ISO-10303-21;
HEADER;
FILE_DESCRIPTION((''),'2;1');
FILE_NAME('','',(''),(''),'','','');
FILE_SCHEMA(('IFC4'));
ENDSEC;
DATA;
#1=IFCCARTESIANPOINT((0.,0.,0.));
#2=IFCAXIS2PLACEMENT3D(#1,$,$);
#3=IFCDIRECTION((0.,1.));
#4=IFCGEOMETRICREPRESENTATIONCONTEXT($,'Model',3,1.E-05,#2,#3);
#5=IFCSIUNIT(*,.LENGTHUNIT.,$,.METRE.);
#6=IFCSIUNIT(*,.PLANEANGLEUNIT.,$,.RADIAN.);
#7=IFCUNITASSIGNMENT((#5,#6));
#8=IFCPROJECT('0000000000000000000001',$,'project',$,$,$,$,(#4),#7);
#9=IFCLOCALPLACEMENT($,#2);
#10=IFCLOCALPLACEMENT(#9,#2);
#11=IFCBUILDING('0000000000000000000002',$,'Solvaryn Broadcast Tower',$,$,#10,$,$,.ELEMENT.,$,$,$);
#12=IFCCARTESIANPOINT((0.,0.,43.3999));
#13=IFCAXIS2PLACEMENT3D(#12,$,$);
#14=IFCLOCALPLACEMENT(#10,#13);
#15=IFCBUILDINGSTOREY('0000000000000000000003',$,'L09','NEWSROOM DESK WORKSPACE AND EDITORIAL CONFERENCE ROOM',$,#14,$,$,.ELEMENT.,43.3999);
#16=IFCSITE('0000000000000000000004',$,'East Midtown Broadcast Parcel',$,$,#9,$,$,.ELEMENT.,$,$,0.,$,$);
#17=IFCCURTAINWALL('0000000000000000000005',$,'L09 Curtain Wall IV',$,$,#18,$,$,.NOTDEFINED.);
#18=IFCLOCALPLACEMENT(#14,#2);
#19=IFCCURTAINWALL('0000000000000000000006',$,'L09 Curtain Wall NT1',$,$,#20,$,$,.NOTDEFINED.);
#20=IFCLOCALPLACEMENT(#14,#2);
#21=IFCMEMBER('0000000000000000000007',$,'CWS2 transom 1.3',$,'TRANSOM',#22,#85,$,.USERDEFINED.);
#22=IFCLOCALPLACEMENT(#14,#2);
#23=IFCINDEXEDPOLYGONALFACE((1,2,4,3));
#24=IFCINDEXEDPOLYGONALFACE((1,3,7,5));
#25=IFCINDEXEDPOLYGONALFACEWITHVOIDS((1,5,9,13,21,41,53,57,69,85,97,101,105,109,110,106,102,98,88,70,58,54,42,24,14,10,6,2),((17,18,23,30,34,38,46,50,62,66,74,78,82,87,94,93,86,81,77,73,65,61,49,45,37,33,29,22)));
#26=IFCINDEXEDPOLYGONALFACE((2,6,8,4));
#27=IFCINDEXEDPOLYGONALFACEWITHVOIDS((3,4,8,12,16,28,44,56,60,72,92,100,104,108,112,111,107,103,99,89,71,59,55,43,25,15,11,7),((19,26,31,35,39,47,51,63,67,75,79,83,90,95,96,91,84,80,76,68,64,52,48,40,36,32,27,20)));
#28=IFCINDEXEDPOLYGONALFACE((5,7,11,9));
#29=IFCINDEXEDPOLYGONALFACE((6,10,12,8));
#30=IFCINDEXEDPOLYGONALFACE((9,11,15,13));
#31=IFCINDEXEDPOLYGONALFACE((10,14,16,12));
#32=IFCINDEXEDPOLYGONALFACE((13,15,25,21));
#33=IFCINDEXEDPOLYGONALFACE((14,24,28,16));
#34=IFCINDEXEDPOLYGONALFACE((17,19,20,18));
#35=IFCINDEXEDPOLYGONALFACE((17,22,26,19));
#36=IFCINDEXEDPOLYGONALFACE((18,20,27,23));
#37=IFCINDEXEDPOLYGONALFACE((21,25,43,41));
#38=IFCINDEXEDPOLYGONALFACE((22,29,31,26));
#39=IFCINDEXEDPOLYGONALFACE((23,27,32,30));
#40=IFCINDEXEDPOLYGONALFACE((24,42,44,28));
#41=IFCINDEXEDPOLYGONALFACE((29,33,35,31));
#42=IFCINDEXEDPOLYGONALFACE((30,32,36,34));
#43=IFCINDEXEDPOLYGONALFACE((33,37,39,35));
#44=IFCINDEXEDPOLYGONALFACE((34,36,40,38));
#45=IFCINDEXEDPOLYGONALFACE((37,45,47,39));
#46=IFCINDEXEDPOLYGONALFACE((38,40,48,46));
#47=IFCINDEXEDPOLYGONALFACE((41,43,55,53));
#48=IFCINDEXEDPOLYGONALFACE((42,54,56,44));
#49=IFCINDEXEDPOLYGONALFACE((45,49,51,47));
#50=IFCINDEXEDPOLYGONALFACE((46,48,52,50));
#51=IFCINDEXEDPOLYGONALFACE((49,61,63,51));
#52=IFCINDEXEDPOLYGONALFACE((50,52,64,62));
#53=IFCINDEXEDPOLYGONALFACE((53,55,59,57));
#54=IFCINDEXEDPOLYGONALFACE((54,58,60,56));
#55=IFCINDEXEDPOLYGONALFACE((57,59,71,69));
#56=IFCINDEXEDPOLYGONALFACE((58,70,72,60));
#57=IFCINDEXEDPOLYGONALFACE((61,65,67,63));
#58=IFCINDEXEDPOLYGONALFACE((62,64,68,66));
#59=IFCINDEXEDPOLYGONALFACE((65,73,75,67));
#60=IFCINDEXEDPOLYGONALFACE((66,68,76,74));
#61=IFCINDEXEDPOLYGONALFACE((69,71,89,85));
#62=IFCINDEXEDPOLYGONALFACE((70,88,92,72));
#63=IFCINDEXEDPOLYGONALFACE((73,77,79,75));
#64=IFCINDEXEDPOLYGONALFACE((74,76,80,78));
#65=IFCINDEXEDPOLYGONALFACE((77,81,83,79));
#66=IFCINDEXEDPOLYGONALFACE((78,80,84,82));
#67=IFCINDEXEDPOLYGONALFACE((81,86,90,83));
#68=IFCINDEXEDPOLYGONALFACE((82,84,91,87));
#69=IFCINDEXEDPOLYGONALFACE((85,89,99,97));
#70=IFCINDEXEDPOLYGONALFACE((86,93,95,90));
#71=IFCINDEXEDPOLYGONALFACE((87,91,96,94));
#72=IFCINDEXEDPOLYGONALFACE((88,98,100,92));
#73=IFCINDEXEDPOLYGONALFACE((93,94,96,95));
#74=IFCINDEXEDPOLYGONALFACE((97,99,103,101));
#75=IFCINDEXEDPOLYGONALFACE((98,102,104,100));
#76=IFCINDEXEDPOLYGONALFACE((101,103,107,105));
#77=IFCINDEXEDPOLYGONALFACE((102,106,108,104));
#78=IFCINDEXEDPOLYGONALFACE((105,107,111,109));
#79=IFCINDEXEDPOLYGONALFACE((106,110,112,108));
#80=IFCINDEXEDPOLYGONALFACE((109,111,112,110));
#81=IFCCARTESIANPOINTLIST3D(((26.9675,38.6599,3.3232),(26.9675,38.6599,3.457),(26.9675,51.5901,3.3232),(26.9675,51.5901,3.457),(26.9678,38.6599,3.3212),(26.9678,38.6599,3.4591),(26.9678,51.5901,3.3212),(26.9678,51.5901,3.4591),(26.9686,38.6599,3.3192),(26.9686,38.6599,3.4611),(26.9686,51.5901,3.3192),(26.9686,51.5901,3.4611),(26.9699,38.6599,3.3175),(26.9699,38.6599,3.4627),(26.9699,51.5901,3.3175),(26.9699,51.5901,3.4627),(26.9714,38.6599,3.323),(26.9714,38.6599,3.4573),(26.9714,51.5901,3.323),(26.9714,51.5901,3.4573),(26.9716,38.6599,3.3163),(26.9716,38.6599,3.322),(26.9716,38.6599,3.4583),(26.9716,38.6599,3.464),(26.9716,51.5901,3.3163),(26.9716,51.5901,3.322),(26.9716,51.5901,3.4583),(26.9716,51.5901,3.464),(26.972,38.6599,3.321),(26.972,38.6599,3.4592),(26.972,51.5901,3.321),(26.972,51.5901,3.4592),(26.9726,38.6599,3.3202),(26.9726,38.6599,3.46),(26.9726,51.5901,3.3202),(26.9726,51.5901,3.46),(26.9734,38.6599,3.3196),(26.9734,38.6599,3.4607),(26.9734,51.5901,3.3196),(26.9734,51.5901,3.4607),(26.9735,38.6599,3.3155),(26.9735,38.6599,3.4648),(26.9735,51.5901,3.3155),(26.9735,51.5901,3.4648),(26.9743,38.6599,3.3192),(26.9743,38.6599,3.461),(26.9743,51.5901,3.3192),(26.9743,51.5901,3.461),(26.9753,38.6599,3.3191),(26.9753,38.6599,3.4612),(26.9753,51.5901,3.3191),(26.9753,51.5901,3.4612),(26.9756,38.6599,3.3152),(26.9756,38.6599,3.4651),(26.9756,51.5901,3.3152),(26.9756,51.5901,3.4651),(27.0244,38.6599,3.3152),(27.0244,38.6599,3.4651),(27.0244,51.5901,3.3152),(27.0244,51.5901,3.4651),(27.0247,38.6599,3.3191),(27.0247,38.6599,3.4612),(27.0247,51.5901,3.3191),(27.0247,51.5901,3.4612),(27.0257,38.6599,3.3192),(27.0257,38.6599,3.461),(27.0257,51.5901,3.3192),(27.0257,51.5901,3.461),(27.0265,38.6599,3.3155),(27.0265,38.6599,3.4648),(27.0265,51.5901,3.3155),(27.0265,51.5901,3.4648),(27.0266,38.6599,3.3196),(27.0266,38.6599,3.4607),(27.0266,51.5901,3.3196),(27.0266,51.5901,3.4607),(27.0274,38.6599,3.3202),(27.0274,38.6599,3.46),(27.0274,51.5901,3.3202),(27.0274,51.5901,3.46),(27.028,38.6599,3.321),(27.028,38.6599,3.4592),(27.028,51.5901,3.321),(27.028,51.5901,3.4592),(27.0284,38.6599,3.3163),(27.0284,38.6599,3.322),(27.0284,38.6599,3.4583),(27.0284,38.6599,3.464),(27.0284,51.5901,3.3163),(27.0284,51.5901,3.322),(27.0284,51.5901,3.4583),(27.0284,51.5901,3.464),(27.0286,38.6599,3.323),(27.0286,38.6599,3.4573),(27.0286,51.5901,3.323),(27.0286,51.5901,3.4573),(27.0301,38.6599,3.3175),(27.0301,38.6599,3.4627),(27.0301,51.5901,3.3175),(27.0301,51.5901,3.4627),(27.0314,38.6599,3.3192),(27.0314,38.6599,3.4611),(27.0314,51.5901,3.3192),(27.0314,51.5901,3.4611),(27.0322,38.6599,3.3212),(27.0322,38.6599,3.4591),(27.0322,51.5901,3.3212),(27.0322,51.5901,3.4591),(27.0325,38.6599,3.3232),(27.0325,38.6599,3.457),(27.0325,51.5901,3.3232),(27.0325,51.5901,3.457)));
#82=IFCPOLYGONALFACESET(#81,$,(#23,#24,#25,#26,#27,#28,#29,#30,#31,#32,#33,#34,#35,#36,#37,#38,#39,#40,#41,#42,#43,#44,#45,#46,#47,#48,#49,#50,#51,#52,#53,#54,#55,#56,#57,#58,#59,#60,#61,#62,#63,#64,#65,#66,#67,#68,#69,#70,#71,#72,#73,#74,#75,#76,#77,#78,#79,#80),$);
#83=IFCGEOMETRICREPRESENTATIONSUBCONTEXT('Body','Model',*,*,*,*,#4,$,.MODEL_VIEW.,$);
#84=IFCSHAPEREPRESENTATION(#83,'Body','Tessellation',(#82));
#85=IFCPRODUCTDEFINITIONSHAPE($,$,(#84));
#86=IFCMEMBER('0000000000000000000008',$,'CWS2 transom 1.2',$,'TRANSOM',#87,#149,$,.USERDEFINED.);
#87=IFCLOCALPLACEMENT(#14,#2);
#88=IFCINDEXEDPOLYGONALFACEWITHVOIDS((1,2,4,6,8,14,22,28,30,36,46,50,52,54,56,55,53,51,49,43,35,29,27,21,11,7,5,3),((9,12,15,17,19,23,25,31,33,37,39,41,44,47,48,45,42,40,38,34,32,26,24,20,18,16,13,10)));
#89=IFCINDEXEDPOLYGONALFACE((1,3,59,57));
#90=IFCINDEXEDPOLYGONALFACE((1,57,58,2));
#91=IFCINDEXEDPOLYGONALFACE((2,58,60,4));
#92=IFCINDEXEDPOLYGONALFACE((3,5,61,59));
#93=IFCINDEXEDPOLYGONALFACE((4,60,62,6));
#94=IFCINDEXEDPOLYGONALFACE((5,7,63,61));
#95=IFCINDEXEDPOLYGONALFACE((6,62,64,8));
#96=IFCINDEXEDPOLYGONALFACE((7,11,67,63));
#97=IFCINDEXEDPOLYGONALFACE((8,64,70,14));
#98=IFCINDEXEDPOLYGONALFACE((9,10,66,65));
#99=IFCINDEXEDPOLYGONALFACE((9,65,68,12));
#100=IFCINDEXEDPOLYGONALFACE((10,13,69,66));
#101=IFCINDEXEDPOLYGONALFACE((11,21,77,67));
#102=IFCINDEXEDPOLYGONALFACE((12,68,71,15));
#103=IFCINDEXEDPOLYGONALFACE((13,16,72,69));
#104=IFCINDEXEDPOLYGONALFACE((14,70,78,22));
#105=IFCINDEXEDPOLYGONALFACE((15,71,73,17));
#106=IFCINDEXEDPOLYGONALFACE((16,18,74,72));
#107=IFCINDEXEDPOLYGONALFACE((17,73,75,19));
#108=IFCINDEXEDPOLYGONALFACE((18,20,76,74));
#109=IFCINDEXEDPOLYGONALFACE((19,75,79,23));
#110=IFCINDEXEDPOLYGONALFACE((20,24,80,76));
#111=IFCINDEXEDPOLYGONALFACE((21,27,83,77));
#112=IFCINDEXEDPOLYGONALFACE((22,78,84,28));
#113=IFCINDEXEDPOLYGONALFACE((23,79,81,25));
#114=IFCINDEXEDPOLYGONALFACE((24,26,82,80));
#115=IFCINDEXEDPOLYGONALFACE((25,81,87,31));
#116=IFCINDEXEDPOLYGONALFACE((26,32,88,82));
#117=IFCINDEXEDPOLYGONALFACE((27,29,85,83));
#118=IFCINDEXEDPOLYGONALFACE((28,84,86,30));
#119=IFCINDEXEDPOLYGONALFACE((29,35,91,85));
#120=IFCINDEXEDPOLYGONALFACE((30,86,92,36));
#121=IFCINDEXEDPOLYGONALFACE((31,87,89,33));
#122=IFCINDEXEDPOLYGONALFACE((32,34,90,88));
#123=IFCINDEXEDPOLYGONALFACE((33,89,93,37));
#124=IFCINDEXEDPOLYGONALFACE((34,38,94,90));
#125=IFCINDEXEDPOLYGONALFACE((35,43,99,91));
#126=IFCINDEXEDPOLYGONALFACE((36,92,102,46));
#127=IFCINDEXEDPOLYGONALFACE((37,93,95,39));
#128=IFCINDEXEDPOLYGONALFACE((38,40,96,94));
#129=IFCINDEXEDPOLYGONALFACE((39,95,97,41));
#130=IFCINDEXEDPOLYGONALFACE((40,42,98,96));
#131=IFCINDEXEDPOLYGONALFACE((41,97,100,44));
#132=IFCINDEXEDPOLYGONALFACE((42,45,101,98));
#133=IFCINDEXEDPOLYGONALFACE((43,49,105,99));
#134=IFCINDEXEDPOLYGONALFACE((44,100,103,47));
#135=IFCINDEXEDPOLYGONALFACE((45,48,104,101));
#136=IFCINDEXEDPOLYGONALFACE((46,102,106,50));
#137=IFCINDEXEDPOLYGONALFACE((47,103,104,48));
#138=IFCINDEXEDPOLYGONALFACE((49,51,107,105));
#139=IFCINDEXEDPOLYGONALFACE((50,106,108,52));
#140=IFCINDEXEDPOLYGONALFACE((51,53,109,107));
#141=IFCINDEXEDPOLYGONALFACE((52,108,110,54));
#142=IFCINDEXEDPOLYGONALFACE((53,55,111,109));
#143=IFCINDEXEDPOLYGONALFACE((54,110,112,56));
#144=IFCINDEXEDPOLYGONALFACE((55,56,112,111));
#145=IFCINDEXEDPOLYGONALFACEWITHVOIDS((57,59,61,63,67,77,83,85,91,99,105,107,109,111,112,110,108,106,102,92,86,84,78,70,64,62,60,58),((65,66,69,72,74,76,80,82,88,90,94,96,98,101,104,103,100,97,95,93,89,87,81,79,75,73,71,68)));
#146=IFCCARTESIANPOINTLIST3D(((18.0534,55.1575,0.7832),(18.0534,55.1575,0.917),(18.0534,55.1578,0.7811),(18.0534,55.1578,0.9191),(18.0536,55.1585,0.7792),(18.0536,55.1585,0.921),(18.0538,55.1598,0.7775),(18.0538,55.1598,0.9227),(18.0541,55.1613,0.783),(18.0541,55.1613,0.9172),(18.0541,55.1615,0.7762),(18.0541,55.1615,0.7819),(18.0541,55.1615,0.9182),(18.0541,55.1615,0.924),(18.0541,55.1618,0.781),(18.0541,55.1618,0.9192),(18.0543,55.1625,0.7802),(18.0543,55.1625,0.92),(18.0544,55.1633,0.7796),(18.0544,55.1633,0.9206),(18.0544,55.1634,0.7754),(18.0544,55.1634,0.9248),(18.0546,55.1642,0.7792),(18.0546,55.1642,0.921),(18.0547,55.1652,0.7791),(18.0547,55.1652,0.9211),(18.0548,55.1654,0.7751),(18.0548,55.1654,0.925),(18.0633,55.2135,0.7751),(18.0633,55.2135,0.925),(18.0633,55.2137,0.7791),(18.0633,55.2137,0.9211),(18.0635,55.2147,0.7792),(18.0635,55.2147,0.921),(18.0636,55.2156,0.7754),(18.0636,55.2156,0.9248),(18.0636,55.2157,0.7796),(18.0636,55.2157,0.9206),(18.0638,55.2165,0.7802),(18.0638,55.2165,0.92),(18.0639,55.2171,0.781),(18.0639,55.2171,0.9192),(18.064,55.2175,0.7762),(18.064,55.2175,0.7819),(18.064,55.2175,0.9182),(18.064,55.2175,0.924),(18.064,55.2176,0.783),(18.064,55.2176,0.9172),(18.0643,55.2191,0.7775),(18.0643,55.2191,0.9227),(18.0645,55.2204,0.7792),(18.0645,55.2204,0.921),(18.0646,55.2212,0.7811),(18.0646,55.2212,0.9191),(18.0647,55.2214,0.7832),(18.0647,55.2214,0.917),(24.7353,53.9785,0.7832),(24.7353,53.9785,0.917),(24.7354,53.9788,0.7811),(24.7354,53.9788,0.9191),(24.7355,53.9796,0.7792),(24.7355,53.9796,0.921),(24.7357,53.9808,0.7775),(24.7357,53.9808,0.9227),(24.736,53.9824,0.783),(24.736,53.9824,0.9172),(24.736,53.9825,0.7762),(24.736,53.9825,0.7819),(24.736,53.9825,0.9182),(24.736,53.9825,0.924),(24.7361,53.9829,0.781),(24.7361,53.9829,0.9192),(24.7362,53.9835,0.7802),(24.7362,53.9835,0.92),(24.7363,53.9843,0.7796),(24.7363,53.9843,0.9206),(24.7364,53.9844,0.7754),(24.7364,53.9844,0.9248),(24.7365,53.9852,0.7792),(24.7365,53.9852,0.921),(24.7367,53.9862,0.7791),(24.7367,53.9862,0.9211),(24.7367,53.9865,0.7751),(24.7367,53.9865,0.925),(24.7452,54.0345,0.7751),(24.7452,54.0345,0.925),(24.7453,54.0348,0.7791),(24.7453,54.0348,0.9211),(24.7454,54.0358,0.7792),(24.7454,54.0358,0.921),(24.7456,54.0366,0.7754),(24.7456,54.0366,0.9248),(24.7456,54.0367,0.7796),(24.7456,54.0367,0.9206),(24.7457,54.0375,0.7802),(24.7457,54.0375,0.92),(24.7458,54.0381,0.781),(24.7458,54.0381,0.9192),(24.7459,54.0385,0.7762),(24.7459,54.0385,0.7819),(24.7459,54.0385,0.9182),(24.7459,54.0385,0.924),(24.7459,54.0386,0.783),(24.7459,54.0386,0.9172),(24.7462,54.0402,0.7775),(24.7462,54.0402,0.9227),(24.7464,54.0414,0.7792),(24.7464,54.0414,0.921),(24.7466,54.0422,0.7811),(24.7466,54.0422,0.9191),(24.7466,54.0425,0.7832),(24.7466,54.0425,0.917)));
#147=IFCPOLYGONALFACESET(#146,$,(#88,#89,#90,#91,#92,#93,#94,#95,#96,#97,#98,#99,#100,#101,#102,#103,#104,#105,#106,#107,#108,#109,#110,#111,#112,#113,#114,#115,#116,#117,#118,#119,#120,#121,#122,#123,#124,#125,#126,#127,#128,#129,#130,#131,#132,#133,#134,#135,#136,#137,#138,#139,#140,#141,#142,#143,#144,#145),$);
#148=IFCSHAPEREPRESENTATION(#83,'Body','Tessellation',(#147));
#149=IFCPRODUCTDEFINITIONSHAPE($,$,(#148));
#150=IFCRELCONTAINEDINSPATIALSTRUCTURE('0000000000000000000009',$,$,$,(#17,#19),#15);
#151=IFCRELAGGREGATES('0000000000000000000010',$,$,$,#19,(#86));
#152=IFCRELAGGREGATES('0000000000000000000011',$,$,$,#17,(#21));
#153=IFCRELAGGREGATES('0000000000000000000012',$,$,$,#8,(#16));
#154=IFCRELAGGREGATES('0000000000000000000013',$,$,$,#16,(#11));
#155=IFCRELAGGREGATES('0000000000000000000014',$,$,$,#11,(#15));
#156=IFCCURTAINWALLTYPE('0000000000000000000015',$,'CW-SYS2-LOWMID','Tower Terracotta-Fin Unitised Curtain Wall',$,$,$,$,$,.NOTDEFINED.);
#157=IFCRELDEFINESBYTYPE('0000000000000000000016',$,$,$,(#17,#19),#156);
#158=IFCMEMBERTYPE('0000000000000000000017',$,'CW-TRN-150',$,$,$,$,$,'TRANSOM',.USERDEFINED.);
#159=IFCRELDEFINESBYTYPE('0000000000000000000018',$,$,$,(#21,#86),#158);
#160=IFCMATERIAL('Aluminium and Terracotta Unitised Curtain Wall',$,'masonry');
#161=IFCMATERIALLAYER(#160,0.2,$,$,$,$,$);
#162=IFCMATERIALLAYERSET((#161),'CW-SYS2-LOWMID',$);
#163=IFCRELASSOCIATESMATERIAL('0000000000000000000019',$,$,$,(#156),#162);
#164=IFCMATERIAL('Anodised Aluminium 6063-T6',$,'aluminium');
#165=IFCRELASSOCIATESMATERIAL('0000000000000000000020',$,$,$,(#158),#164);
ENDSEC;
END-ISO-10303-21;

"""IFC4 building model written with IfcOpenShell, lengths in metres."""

from ifc_helpers import new_model, si_unit, direction, frame, origin, origin_2d, place, context, subcontext, project, spatial, hollow_rectangle, extrude, material, layer, layer_set, material_profile, profile_set, type_object, element, aggregate, save


model = new_model("IFC4")

# Units and contexts
model_context = context("Model", 3, precision=1e-05, world=origin(), true_north=direction((0.0, 1.0)))
body_context = subcontext(model_context, "Body", "Model", "MODEL_VIEW")
ifc_project = project(units=[si_unit("LENGTHUNIT", "METRE"), si_unit("PLANEANGLEUNIT", "RADIAN")], contexts=[model_context])

# Site, building, storey
site_placement = place(None, origin())
site = spatial("IfcSite", under=ifc_project, at=site_placement, Name="East Midtown Broadcast Parcel", CompositionType="ELEMENT", RefElevation=0.0)
building_placement = place(site_placement, origin())
building = spatial("IfcBuilding", under=site, at=building_placement, Name="Solvaryn Broadcast Tower", CompositionType="ELEMENT")
storey_placement = place(building_placement, frame((0.0, 0.0, 43.3999)))
storey = spatial("IfcBuildingStorey", under=building, at=storey_placement, Name="L09", Description="NEWSROOM DESK WORKSPACE AND EDITORIAL CONFERENCE ROOM", CompositionType="ELEMENT", Elevation=43.3999)

# Curtain wall
ifc_material_1 = material(Name="Aluminium and Terracotta Unitised Curtain Wall", Category="masonry")
ifc_layer_1 = layer(ifc_material_1, 0.2)
ifc_layer_set_1 = layer_set([ifc_layer_1], Name="CW-SYS2-LOWMID")
curtain_wall_type = type_object("IfcCurtainWallType", Name="CW-SYS2-LOWMID", Description="Tower Terracotta-Fin Unitised Curtain Wall", PredefinedType="NOTDEFINED", material=ifc_layer_set_1)
curtain_wall_1_placement = place(storey_placement, origin())
curtain_wall_1 = element("IfcCurtainWall", 1, at=curtain_wall_1_placement, inside=storey, type_object=curtain_wall_type, Name="L09 Curtain Wall IV", PredefinedType="NOTDEFINED")

# Curtain wall
curtain_wall_2_placement = place(storey_placement, origin())
curtain_wall_2 = element("IfcCurtainWall", 2, at=curtain_wall_2_placement, inside=storey, type_object=curtain_wall_type, Name="L09 Curtain Wall NT1", PredefinedType="NOTDEFINED")

# Members
ifc_material_2 = material(Name="Anodised Aluminium 6063-T6", Category="aluminium")
ifc_material_profile_1 = material_profile(ifc_material_2, hollow_rectangle(XDim=0.0649, YDim=0.1499, WallThickness=0.0039, InnerFilletRadius=0.0039, OuterFilletRadius=0.0081, at=origin_2d()))
ifc_profile_set_1 = profile_set([ifc_material_profile_1], Name="Anodised Aluminium 6063-T6")
member_type_1 = type_object("IfcMemberType", Name="CW-TRN-150", ElementType="TRANSOM", PredefinedType="USERDEFINED", material=ifc_profile_set_1)
member_1_placement = place(storey_placement, frame((27.0, 51.5901, 3.3901), z_axis=(0.0, -1.0, 0.0), x_axis=(1.0, 0.0, 0.0)))
member_1 = element("IfcMember", 3, at=member_1_placement, type_object=member_type_1, Name="CWS2 transom 1.3", ObjectType="TRANSOM", PredefinedType="USERDEFINED", context=body_context, shape_type="SweptSolid", body=[
    extrude(hollow_rectangle(XDim=0.0649, YDim=0.1499, WallThickness=0.0039, InnerFilletRadius=0.0039, OuterFilletRadius=0.0081, at=origin_2d()), origin(), (0.0, 0.0, 1.0), 12.9302),
])
member_2_placement = place(storey_placement, frame((24.741, 54.0105, 0.8501), z_axis=(-0.984789, 0.173757, 0.0), x_axis=(-0.173757, -0.984789, 0.0)))
member_2 = element("IfcMember", 4, at=member_2_placement, type_object=member_type_1, Name="CWS2 transom 1.2", ObjectType="TRANSOM", PredefinedType="USERDEFINED", context=body_context, shape_type="SweptSolid", body=[
    extrude(hollow_rectangle(XDim=0.0649, YDim=0.1499, WallThickness=0.0039, InnerFilletRadius=0.0039, OuterFilletRadius=0.0081, at=origin_2d()), origin(), (0.0, 0.0, 1.0), 6.7852),
])
aggregate(curtain_wall_2, [member_2])

aggregate(curtain_wall_1, [member_1])

save(model, "model.ifc")
